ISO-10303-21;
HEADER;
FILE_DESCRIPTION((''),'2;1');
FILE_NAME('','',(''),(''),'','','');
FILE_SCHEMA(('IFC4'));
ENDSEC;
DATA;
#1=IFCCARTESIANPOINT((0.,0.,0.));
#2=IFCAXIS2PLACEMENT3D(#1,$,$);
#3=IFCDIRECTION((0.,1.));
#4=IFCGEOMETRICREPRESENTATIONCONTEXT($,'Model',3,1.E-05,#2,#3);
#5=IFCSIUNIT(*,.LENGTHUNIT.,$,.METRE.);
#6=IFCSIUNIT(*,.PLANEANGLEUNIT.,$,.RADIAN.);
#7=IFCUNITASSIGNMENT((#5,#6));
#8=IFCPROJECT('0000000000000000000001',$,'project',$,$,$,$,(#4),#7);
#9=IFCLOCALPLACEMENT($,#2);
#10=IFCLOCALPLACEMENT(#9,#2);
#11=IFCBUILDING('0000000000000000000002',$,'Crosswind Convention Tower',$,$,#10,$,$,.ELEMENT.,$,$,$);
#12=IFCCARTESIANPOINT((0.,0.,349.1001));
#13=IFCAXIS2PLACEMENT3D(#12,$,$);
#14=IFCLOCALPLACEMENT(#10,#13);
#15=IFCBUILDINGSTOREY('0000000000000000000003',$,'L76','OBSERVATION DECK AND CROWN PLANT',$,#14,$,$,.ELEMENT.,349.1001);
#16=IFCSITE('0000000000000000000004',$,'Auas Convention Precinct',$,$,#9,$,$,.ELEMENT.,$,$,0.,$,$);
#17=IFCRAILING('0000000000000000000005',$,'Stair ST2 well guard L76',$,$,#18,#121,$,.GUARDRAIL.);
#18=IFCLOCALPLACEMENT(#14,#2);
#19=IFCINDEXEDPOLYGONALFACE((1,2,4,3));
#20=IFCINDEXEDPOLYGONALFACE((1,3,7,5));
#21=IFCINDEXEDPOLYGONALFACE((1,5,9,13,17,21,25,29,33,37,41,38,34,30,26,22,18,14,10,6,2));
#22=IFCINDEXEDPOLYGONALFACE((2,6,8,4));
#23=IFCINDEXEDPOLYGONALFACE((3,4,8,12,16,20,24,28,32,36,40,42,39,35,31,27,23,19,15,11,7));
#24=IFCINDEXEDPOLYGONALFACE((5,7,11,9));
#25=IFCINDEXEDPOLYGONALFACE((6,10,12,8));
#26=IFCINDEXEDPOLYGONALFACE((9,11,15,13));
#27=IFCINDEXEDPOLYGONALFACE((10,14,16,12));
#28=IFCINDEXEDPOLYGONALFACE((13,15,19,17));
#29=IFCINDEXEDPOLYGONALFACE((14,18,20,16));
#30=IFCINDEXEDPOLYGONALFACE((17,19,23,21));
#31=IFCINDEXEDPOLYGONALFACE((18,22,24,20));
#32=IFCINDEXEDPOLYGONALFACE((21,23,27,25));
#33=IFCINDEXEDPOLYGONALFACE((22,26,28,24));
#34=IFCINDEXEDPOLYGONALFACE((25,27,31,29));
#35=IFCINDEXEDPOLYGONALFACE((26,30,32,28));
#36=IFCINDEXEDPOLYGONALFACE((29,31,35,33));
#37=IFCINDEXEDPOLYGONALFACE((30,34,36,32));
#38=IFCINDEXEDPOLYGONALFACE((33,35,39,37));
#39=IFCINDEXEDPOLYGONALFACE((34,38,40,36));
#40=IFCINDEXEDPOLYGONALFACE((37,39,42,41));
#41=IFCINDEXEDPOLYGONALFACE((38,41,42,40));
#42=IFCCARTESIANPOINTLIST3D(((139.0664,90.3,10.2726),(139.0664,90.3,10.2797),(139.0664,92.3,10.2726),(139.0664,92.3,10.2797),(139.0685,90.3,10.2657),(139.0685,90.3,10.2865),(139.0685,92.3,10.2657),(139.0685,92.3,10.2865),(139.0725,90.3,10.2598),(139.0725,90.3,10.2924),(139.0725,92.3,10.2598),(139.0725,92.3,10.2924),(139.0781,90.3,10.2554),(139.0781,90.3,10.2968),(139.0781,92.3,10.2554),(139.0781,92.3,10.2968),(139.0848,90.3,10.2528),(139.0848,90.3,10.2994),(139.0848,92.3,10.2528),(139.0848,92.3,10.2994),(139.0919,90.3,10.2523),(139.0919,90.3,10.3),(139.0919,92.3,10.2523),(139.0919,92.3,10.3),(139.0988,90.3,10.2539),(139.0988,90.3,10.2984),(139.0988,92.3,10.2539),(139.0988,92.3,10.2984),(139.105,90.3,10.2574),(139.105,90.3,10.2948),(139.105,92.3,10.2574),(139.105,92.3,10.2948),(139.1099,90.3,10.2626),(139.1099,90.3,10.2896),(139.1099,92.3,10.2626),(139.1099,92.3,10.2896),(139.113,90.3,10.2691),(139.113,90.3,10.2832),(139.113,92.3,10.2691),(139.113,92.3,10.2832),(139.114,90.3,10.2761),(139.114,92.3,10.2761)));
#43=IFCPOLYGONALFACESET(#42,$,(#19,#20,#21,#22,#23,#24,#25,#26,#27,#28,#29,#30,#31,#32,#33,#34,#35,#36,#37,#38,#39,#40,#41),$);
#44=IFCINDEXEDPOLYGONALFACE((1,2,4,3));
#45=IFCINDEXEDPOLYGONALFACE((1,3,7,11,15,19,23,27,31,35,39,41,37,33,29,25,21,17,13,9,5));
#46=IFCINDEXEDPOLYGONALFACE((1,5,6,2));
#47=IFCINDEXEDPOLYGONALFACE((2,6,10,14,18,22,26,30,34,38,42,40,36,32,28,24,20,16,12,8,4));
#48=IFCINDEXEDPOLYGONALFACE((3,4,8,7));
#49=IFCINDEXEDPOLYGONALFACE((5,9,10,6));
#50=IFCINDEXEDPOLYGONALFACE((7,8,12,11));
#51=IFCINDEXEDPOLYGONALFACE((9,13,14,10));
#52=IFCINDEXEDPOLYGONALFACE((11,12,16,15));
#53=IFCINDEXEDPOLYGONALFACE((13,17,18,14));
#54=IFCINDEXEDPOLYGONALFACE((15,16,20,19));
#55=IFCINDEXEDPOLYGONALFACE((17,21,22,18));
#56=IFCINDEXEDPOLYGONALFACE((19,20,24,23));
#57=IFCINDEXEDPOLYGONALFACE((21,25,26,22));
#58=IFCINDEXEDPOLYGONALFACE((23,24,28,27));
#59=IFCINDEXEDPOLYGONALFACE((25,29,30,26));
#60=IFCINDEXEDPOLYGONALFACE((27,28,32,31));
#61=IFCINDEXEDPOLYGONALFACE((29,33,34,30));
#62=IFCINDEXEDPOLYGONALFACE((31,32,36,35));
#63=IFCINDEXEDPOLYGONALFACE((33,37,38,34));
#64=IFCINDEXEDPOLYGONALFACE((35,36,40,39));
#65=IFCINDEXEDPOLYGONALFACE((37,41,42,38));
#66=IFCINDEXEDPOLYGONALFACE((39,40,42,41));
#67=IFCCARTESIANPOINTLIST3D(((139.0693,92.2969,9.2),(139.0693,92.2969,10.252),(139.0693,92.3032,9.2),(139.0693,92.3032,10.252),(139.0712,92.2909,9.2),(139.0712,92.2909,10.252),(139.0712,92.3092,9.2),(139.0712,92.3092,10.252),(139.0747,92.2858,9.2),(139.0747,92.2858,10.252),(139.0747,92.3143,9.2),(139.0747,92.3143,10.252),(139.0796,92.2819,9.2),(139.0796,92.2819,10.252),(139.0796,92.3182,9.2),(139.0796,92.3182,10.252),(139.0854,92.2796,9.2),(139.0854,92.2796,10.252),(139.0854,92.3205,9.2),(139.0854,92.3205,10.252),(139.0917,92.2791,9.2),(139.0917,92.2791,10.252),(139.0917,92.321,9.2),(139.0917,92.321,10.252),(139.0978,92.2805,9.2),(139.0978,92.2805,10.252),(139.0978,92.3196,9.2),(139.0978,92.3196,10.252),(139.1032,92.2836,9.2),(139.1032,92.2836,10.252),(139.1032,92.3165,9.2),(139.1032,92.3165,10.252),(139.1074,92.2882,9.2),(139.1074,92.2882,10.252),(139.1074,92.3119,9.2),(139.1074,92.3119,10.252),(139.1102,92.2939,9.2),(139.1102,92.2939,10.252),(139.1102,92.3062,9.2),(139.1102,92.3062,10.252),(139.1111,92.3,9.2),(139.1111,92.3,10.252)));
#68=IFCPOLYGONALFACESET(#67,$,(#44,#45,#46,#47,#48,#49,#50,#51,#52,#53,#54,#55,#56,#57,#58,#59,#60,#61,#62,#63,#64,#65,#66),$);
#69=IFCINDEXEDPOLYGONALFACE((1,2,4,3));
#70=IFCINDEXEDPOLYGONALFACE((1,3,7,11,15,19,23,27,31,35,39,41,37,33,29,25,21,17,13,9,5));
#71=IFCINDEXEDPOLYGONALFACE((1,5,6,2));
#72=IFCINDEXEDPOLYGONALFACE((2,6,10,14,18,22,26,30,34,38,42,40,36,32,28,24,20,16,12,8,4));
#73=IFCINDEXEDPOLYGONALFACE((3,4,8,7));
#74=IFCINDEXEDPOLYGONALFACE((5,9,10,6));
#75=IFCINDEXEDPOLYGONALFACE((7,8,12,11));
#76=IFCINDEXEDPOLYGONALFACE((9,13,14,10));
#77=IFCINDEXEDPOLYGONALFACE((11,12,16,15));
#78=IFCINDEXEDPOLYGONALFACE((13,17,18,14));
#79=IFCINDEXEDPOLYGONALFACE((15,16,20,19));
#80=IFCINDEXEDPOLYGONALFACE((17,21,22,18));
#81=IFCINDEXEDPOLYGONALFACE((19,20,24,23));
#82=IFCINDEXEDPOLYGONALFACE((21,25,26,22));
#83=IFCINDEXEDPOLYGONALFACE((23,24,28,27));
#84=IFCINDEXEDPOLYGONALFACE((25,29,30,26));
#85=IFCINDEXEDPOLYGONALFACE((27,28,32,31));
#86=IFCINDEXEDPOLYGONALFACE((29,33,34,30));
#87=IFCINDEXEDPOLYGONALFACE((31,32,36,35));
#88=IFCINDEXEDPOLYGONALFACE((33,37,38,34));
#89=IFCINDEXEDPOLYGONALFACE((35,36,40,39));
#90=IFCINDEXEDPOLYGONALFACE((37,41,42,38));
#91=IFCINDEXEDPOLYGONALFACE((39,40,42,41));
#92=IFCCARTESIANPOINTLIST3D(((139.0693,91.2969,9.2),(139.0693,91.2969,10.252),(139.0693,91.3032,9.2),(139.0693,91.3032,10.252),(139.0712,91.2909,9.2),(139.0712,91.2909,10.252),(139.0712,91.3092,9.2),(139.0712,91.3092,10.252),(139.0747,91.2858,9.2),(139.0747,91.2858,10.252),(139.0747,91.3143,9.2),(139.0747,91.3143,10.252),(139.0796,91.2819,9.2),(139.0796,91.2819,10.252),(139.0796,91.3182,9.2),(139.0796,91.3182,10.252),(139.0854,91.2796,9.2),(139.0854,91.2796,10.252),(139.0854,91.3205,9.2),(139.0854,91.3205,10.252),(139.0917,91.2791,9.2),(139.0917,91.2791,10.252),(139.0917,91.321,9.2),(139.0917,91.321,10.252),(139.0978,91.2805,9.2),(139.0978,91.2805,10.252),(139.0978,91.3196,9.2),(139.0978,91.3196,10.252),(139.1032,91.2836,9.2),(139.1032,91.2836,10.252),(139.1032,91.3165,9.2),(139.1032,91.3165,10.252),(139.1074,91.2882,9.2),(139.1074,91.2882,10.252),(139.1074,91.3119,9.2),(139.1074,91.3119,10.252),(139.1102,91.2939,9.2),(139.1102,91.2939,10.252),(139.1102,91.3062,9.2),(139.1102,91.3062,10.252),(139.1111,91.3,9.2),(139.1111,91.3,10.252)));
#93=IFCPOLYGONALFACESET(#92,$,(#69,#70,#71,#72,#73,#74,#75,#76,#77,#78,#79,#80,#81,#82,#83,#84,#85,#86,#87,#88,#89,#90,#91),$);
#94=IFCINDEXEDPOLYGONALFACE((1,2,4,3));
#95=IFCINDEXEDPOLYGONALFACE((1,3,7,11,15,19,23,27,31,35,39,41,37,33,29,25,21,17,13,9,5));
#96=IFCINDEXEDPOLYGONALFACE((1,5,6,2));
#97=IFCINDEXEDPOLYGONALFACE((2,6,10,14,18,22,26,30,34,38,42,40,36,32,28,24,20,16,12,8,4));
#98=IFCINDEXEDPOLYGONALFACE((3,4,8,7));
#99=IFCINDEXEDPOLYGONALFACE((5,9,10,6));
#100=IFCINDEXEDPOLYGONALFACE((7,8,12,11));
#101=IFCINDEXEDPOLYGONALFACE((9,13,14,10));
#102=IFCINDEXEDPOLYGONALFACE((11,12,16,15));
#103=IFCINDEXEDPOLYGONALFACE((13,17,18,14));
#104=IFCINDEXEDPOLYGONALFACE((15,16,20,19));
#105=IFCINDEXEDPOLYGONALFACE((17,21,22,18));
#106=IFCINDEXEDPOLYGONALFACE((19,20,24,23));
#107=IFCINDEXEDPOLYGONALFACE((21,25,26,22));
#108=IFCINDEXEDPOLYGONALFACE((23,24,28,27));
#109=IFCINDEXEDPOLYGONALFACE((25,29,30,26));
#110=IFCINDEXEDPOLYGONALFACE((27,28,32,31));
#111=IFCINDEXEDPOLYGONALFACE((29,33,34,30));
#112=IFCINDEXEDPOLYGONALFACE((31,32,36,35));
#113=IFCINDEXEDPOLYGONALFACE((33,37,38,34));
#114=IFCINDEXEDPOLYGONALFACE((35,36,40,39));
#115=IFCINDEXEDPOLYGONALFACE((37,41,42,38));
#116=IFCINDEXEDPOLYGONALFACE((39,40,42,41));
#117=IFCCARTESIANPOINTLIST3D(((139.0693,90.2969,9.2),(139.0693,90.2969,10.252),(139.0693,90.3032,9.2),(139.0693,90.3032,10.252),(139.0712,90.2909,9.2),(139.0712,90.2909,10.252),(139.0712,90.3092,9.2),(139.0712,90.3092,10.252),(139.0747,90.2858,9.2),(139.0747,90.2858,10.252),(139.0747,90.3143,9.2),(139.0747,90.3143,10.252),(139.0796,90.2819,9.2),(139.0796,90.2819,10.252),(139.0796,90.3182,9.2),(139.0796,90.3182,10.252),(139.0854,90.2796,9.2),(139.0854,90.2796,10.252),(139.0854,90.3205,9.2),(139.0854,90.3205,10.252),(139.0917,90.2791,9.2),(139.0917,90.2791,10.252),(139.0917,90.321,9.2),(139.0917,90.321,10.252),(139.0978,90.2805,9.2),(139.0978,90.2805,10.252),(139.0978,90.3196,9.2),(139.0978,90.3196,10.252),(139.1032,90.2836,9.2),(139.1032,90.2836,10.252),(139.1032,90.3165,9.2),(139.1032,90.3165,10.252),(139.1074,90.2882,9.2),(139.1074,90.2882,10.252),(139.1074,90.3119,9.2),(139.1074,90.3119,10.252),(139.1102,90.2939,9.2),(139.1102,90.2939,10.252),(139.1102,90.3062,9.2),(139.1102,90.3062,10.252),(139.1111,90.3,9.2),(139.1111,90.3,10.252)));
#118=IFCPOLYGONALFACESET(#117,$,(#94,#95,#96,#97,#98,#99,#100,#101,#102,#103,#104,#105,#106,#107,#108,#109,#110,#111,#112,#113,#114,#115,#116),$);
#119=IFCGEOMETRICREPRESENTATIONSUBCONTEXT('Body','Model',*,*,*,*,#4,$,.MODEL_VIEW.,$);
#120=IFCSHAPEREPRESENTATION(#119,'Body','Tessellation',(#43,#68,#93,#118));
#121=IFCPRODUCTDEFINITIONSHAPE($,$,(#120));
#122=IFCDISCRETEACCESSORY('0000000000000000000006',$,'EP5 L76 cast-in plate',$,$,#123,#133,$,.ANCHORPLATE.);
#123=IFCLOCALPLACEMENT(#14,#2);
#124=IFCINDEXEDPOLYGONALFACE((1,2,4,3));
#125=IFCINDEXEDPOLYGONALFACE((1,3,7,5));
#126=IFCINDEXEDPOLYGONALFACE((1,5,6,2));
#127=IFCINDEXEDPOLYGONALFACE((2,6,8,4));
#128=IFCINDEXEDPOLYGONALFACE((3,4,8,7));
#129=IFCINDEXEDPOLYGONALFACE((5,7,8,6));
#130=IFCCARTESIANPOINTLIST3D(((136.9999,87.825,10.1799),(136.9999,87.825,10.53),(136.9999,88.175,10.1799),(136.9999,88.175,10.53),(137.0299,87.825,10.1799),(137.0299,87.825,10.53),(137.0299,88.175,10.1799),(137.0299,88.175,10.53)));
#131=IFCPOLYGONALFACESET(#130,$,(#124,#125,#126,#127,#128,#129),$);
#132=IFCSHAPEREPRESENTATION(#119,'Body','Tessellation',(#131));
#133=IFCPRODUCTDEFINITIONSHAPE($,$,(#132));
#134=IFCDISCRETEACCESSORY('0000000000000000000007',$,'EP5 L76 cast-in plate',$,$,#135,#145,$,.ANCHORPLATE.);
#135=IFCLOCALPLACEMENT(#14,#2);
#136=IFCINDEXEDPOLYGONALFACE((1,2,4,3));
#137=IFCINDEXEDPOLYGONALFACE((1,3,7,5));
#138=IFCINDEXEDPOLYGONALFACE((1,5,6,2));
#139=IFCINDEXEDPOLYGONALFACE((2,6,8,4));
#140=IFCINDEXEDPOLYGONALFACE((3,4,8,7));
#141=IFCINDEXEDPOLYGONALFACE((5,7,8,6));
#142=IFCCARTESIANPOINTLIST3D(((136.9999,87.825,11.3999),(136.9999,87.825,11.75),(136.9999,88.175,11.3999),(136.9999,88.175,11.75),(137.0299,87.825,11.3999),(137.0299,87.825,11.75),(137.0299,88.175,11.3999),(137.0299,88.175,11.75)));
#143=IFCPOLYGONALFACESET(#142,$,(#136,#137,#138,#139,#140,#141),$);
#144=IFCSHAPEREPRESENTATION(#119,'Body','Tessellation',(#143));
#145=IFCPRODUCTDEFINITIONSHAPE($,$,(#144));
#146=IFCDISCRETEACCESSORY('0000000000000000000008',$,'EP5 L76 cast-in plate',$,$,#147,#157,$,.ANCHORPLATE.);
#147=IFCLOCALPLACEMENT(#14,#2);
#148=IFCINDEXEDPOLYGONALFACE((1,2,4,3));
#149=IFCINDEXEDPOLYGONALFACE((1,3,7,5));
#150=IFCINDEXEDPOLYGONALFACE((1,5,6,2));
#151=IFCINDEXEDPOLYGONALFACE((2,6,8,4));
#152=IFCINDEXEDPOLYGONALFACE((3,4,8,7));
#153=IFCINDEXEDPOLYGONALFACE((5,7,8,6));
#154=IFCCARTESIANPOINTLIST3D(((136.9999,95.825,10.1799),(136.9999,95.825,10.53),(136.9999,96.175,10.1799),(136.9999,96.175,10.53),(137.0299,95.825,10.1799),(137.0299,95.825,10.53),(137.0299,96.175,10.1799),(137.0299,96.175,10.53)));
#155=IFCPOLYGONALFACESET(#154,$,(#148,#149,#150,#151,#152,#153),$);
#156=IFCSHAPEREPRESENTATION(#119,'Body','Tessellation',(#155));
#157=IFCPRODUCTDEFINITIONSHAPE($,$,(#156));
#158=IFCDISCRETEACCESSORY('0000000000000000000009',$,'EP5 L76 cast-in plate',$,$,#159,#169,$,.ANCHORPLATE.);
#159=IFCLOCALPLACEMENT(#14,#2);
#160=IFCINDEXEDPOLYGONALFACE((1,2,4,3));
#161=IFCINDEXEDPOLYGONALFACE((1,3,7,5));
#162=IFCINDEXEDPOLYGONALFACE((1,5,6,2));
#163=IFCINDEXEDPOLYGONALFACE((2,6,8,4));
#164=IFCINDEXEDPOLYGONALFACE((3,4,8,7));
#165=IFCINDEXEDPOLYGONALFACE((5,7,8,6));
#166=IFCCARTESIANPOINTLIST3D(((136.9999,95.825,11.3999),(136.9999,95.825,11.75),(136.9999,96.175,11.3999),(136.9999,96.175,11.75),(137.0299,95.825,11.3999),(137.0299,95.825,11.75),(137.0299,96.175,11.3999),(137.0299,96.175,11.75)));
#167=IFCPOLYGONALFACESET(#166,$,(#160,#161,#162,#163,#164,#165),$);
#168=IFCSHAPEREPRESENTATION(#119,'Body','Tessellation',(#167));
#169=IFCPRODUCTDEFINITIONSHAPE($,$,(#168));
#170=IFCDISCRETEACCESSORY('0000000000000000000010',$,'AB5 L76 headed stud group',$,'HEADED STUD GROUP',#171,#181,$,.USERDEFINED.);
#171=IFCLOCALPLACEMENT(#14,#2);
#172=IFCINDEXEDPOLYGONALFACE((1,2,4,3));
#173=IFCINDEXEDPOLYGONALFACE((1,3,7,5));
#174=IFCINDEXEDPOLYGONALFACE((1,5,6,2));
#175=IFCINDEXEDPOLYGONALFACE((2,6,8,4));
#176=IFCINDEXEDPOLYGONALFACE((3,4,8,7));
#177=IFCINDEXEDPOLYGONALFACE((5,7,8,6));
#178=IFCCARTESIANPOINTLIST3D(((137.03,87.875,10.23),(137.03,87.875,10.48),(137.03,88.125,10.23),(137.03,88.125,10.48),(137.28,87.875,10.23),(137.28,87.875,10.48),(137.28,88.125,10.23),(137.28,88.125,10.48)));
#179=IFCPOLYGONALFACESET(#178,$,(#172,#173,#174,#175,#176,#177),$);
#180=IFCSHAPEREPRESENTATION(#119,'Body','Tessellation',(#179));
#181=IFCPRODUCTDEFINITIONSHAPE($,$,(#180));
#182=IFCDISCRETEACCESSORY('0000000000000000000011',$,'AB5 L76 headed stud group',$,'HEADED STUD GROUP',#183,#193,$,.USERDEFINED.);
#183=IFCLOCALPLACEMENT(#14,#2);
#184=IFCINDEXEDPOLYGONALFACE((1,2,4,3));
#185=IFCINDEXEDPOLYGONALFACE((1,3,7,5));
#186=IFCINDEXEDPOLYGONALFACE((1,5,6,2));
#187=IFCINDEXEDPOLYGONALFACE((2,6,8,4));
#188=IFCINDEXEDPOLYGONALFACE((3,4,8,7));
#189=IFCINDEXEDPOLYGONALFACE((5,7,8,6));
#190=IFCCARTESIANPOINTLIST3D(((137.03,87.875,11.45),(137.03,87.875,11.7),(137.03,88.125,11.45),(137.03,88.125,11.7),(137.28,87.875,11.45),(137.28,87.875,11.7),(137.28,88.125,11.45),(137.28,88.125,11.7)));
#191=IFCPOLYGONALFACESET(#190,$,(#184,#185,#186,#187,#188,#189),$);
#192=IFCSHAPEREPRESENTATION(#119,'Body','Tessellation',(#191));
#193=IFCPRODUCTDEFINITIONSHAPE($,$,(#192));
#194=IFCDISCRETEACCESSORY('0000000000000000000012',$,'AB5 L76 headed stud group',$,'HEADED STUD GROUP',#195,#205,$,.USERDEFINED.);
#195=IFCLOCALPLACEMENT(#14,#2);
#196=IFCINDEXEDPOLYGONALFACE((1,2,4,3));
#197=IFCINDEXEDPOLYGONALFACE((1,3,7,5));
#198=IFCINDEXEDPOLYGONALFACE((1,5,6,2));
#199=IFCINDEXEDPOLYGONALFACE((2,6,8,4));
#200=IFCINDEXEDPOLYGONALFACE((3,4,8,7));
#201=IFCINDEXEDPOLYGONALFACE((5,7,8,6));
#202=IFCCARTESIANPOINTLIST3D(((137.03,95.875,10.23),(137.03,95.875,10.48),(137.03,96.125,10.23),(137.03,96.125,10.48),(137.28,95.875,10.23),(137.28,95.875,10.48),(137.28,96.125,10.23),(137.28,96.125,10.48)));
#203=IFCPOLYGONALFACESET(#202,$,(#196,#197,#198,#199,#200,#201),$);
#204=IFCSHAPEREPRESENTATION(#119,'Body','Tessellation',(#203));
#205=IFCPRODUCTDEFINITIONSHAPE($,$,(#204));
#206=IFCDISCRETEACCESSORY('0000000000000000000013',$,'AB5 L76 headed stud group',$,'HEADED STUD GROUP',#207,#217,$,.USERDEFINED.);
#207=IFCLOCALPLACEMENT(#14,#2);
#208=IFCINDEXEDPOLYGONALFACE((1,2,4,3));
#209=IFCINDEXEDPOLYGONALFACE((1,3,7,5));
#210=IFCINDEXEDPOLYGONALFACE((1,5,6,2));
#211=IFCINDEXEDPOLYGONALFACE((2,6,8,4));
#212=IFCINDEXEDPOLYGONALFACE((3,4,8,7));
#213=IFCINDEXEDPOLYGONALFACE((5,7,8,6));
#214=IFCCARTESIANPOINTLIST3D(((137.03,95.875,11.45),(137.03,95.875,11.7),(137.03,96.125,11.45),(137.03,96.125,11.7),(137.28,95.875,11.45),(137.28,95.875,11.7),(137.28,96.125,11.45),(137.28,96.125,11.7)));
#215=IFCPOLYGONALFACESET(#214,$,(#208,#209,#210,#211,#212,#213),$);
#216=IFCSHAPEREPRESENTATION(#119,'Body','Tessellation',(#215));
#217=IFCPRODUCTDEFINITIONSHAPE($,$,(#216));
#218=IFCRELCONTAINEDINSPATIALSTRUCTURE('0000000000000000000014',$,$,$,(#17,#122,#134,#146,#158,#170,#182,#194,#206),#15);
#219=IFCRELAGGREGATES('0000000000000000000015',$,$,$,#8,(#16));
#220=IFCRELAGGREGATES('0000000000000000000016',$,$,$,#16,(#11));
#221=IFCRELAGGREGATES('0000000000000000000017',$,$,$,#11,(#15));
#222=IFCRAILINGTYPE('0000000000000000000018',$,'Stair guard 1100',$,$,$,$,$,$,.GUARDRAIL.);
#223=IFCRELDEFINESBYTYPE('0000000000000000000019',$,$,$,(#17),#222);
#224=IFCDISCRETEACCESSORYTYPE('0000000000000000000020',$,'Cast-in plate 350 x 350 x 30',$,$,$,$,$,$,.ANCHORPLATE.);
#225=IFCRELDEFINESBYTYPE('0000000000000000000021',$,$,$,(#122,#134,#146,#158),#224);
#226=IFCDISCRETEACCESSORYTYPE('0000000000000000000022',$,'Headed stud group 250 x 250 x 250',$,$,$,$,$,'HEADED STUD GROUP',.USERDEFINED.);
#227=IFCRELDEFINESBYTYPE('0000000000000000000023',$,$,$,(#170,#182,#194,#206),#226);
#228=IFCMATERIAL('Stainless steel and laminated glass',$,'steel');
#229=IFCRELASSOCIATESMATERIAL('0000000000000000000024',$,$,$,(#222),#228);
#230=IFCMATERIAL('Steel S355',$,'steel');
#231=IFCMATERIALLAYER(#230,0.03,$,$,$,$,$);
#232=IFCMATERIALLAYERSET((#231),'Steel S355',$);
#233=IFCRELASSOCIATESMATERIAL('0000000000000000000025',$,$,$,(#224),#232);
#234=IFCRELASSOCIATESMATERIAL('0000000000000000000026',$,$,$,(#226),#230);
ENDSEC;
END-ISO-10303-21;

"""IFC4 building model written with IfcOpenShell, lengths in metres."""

from ifc_helpers import new_model, si_unit, direction, frame, origin, origin_2d, place, context, subcontext, project, spatial, rectangle, circle, extrude, material, layer, layer_set, type_object, element, save


model = new_model("IFC4")

# Units and contexts
model_context = context("Model", 3, precision=1e-05, world=origin(), true_north=direction((0.0, 1.0)))
body_context = subcontext(model_context, "Body", "Model", "MODEL_VIEW")
ifc_project = project(units=[si_unit("LENGTHUNIT", "METRE"), si_unit("PLANEANGLEUNIT", "RADIAN")], contexts=[model_context])

# Site, building, storey
site_placement = place(None, origin())
site = spatial("IfcSite", under=ifc_project, at=site_placement, Name="Auas Convention Precinct", CompositionType="ELEMENT", RefElevation=0.0)
building_placement = place(site_placement, origin())
building = spatial("IfcBuilding", under=site, at=building_placement, Name="Crosswind Convention Tower", CompositionType="ELEMENT")
storey_placement = place(building_placement, frame((0.0, 0.0, 349.1001)))
storey = spatial("IfcBuildingStorey", under=building, at=storey_placement, Name="L76", Description="OBSERVATION DECK AND CROWN PLANT", CompositionType="ELEMENT", Elevation=349.1001)

# Shared definitions
ifc_material_1 = material(Name="Steel S355", Category="steel")

# Railing
ifc_material_2 = material(Name="Stainless steel and laminated glass", Category="steel")
railing_type_1 = type_object("IfcRailingType", Name="Stair guard 1100", PredefinedType="GUARDRAIL", material=ifc_material_2)
railing_1_placement = place(storey_placement, frame((139.0901, 92.3, 9.2)))
element("IfcRailing", 1, at=railing_1_placement, inside=storey, type_object=railing_type_1, Name="Stair ST2 well guard L76", PredefinedType="GUARDRAIL", context=body_context, shape_type="SweptSolid", body=[
    extrude(circle(Radius=0.0239, at=origin_2d()), frame((0.0, 0.0, 1.0762), z_axis=(0.0, -1.0, 0.0), x_axis=(1.0, 0.0, 0.0)), (0.0, 0.0, 1.0), 2.0),
    extrude(circle(Radius=0.021, at=origin_2d()), origin(), (0.0, 0.0, 1.0), 1.052),
    extrude(circle(Radius=0.021, at=origin_2d()), frame((0.0, -1.0, 0.0)), (0.0, 0.0, 1.0), 1.052),
    extrude(circle(Radius=0.021, at=origin_2d()), frame((0.0, -2.0, 0.0)), (0.0, 0.0, 1.0), 1.052),
])

# Discrete accessories
ifc_layer_1 = layer(ifc_material_1, 0.03)
ifc_layer_set_1 = layer_set([ifc_layer_1], Name="Steel S355")
discrete_accessory_type_1 = type_object("IfcDiscreteAccessoryType", Name="Cast-in plate 350 x 350 x 30", PredefinedType="ANCHORPLATE", material=ifc_layer_set_1)
for number, where, z_axis, x_axis, name in (
    (2, (137.0149, 88.0, 10.1799), (0.0, 0.0, 1.0), (1.0, 0.0, 0.0), "EP5 L76 cast-in plate"),
    (3, (137.0149, 88.0, 11.3999), (0.0, 0.0, 1.0), (1.0, 0.0, 0.0), "EP5 L76 cast-in plate"),
    (4, (137.0149, 96.0, 10.1799), (0.0, 0.0, 1.0), (1.0, 0.0, 0.0), "EP5 L76 cast-in plate"),
    (5, (137.0149, 96.0, 11.3999), (0.0, 0.0, 1.0), (1.0, 0.0, 0.0), "EP5 L76 cast-in plate"),
):
    element("IfcDiscreteAccessory", number, at=place(storey_placement, frame(where, z_axis=z_axis, x_axis=x_axis)), inside=storey, type_object=discrete_accessory_type_1, Name=name, PredefinedType="ANCHORPLATE", context=body_context, shape_type="SweptSolid", body=[
        extrude(rectangle(XDim=0.03, YDim=0.3501, at=origin_2d()), origin(), (0.0, 0.0, 1.0), 0.3501),
    ])
discrete_accessory_type_2 = type_object("IfcDiscreteAccessoryType", Name="Headed stud group 250 x 250 x 250", ElementType="HEADED STUD GROUP", PredefinedType="USERDEFINED", material=ifc_material_1)
for number, where, z_axis, x_axis, name in (
    (6, (137.155, 88.0, 10.23), (0.0, 0.0, 1.0), (1.0, 0.0, 0.0), "AB5 L76 headed stud group"),
    (7, (137.155, 88.0, 11.45), (0.0, 0.0, 1.0), (1.0, 0.0, 0.0), "AB5 L76 headed stud group"),
    (8, (137.155, 96.0, 10.23), (0.0, 0.0, 1.0), (1.0, 0.0, 0.0), "AB5 L76 headed stud group"),
    (9, (137.155, 96.0, 11.45), (0.0, 0.0, 1.0), (1.0, 0.0, 0.0), "AB5 L76 headed stud group"),
):
    element("IfcDiscreteAccessory", number, at=place(storey_placement, frame(where, z_axis=z_axis, x_axis=x_axis)), inside=storey, type_object=discrete_accessory_type_2, Name=name, ObjectType="HEADED STUD GROUP", PredefinedType="USERDEFINED", context=body_context, shape_type="SweptSolid", body=[
        extrude(rectangle(XDim=0.25, YDim=0.25, at=origin_2d()), origin(), (0.0, 0.0, 1.0), 0.25),
    ])

save(model, "model.ifc")
